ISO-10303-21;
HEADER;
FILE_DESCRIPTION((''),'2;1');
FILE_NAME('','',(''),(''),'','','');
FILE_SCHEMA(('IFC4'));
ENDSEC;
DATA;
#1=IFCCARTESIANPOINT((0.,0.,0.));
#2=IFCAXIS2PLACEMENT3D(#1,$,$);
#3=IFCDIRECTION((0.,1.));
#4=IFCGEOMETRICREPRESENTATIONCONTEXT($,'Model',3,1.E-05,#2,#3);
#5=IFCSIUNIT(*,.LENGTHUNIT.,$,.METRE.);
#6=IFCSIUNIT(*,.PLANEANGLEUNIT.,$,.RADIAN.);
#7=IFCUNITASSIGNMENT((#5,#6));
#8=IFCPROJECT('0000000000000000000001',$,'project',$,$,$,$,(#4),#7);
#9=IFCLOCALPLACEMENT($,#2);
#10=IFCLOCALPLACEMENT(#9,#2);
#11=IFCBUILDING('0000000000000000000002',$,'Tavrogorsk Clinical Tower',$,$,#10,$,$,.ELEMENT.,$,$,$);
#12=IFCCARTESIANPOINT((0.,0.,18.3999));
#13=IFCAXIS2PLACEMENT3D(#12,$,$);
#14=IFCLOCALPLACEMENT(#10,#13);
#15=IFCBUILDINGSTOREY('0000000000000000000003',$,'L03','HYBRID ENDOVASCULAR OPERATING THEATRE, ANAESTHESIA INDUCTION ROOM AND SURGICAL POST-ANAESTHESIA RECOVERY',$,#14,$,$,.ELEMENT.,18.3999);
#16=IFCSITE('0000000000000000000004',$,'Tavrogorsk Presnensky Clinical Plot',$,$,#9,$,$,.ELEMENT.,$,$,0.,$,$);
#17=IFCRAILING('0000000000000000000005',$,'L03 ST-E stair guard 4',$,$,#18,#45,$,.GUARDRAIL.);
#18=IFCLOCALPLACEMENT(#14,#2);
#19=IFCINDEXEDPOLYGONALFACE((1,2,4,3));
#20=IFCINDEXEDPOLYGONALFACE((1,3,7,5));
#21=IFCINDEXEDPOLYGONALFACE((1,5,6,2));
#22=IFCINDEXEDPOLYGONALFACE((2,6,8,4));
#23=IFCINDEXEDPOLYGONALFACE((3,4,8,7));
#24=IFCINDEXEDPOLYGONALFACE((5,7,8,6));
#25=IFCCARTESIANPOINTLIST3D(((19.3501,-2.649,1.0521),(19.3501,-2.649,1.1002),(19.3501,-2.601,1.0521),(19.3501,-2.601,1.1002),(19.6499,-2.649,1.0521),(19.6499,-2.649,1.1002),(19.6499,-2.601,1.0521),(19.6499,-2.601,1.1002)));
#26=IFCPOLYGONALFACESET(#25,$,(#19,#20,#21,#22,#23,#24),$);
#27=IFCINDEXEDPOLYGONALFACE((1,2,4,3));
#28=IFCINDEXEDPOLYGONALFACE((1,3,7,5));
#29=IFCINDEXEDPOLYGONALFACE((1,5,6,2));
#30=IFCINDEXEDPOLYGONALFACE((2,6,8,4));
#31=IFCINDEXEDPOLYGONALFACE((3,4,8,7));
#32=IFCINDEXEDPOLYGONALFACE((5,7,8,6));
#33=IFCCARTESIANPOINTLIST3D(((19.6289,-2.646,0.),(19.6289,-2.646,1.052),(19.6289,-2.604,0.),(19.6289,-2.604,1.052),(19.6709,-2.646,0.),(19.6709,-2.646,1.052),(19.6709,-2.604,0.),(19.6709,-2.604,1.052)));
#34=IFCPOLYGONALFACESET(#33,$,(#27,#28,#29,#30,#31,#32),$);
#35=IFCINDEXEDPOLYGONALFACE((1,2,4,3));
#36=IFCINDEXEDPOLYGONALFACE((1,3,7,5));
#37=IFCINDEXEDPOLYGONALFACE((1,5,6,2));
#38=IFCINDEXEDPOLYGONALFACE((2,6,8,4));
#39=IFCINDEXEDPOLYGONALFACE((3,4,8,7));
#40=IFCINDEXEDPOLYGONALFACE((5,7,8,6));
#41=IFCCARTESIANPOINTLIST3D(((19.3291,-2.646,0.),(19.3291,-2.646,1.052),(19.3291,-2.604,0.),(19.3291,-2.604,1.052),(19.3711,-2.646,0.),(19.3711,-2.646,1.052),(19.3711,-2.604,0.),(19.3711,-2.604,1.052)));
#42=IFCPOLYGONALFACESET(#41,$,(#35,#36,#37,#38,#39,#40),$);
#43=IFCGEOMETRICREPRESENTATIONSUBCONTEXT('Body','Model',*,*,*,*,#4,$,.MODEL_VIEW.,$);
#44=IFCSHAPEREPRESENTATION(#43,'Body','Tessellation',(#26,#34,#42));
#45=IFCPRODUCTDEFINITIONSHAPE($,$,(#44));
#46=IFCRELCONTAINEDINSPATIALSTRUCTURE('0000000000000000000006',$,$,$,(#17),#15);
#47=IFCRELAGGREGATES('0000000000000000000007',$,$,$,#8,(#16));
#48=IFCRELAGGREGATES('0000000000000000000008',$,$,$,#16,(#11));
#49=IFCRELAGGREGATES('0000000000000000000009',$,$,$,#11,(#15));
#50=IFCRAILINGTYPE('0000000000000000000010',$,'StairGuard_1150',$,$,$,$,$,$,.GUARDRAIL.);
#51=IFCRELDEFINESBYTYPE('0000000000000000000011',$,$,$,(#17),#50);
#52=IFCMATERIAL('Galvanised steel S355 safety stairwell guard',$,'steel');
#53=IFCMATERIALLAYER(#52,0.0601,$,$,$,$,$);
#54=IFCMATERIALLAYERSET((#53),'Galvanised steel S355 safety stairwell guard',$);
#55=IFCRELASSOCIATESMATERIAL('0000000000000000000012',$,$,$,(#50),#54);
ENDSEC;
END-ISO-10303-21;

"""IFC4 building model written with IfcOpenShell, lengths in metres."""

from ifc_helpers import new_model, si_unit, direction, frame, origin, origin_2d, place, context, subcontext, project, spatial, rectangle, extrude, material, layer, layer_set, type_object, element, save


model = new_model("IFC4")

# Units and contexts
model_context = context("Model", 3, precision=1e-05, world=origin(), true_north=direction((0.0, 1.0)))
body_context = subcontext(model_context, "Body", "Model", "MODEL_VIEW")
ifc_project = project(units=[si_unit("LENGTHUNIT", "METRE"), si_unit("PLANEANGLEUNIT", "RADIAN")], contexts=[model_context])

# Site, building, storey
site_placement = place(None, origin())
site = spatial("IfcSite", under=ifc_project, at=site_placement, Name="Tavrogorsk Presnensky Clinical Plot", CompositionType="ELEMENT", RefElevation=0.0)
building_placement = place(site_placement, origin())
building = spatial("IfcBuilding", under=site, at=building_placement, Name="Tavrogorsk Clinical Tower", CompositionType="ELEMENT")
storey_placement = place(building_placement, frame((0.0, 0.0, 18.3999)))
storey = spatial("IfcBuildingStorey", under=building, at=storey_placement, Name="L03", Description="HYBRID ENDOVASCULAR OPERATING THEATRE, ANAESTHESIA INDUCTION ROOM AND SURGICAL POST-ANAESTHESIA RECOVERY", CompositionType="ELEMENT", Elevation=18.3999)

# Railing
ifc_material_1 = material(Name="Galvanised steel S355 safety stairwell guard", Category="steel")
ifc_layer_1 = layer(ifc_material_1, 0.0601)
ifc_layer_set_1 = layer_set([ifc_layer_1], Name="Galvanised steel S355 safety stairwell guard")
railing_type = type_object("IfcRailingType", Name="StairGuard_1150", PredefinedType="GUARDRAIL", material=ifc_layer_set_1)
railing_1_placement = place(storey_placement, frame((19.6499, -2.625, 0.0)))
element("IfcRailing", 1, at=railing_1_placement, inside=storey, type_object=railing_type, Name="L03 ST-E stair guard 4", PredefinedType="GUARDRAIL", context=body_context, shape_type="SweptSolid", body=[
    extrude(rectangle(XDim=0.0481, YDim=0.0481, at=origin_2d()), frame((0.0, 0.0, 1.0762), z_axis=(-1.0, 0.0, 0.0), x_axis=(0.0, -1.0, 0.0)), (0.0, 0.0, 1.0), 0.2998),
    extrude(rectangle(XDim=0.042, YDim=0.042, at=origin_2d()), origin(), (0.0, 0.0, 1.0), 1.052),
    extrude(rectangle(XDim=0.042, YDim=0.042, at=origin_2d()), frame((-0.2998, 0.0, 0.0)), (0.0, 0.0, 1.0), 1.052),
])

save(model, "model.ifc")
